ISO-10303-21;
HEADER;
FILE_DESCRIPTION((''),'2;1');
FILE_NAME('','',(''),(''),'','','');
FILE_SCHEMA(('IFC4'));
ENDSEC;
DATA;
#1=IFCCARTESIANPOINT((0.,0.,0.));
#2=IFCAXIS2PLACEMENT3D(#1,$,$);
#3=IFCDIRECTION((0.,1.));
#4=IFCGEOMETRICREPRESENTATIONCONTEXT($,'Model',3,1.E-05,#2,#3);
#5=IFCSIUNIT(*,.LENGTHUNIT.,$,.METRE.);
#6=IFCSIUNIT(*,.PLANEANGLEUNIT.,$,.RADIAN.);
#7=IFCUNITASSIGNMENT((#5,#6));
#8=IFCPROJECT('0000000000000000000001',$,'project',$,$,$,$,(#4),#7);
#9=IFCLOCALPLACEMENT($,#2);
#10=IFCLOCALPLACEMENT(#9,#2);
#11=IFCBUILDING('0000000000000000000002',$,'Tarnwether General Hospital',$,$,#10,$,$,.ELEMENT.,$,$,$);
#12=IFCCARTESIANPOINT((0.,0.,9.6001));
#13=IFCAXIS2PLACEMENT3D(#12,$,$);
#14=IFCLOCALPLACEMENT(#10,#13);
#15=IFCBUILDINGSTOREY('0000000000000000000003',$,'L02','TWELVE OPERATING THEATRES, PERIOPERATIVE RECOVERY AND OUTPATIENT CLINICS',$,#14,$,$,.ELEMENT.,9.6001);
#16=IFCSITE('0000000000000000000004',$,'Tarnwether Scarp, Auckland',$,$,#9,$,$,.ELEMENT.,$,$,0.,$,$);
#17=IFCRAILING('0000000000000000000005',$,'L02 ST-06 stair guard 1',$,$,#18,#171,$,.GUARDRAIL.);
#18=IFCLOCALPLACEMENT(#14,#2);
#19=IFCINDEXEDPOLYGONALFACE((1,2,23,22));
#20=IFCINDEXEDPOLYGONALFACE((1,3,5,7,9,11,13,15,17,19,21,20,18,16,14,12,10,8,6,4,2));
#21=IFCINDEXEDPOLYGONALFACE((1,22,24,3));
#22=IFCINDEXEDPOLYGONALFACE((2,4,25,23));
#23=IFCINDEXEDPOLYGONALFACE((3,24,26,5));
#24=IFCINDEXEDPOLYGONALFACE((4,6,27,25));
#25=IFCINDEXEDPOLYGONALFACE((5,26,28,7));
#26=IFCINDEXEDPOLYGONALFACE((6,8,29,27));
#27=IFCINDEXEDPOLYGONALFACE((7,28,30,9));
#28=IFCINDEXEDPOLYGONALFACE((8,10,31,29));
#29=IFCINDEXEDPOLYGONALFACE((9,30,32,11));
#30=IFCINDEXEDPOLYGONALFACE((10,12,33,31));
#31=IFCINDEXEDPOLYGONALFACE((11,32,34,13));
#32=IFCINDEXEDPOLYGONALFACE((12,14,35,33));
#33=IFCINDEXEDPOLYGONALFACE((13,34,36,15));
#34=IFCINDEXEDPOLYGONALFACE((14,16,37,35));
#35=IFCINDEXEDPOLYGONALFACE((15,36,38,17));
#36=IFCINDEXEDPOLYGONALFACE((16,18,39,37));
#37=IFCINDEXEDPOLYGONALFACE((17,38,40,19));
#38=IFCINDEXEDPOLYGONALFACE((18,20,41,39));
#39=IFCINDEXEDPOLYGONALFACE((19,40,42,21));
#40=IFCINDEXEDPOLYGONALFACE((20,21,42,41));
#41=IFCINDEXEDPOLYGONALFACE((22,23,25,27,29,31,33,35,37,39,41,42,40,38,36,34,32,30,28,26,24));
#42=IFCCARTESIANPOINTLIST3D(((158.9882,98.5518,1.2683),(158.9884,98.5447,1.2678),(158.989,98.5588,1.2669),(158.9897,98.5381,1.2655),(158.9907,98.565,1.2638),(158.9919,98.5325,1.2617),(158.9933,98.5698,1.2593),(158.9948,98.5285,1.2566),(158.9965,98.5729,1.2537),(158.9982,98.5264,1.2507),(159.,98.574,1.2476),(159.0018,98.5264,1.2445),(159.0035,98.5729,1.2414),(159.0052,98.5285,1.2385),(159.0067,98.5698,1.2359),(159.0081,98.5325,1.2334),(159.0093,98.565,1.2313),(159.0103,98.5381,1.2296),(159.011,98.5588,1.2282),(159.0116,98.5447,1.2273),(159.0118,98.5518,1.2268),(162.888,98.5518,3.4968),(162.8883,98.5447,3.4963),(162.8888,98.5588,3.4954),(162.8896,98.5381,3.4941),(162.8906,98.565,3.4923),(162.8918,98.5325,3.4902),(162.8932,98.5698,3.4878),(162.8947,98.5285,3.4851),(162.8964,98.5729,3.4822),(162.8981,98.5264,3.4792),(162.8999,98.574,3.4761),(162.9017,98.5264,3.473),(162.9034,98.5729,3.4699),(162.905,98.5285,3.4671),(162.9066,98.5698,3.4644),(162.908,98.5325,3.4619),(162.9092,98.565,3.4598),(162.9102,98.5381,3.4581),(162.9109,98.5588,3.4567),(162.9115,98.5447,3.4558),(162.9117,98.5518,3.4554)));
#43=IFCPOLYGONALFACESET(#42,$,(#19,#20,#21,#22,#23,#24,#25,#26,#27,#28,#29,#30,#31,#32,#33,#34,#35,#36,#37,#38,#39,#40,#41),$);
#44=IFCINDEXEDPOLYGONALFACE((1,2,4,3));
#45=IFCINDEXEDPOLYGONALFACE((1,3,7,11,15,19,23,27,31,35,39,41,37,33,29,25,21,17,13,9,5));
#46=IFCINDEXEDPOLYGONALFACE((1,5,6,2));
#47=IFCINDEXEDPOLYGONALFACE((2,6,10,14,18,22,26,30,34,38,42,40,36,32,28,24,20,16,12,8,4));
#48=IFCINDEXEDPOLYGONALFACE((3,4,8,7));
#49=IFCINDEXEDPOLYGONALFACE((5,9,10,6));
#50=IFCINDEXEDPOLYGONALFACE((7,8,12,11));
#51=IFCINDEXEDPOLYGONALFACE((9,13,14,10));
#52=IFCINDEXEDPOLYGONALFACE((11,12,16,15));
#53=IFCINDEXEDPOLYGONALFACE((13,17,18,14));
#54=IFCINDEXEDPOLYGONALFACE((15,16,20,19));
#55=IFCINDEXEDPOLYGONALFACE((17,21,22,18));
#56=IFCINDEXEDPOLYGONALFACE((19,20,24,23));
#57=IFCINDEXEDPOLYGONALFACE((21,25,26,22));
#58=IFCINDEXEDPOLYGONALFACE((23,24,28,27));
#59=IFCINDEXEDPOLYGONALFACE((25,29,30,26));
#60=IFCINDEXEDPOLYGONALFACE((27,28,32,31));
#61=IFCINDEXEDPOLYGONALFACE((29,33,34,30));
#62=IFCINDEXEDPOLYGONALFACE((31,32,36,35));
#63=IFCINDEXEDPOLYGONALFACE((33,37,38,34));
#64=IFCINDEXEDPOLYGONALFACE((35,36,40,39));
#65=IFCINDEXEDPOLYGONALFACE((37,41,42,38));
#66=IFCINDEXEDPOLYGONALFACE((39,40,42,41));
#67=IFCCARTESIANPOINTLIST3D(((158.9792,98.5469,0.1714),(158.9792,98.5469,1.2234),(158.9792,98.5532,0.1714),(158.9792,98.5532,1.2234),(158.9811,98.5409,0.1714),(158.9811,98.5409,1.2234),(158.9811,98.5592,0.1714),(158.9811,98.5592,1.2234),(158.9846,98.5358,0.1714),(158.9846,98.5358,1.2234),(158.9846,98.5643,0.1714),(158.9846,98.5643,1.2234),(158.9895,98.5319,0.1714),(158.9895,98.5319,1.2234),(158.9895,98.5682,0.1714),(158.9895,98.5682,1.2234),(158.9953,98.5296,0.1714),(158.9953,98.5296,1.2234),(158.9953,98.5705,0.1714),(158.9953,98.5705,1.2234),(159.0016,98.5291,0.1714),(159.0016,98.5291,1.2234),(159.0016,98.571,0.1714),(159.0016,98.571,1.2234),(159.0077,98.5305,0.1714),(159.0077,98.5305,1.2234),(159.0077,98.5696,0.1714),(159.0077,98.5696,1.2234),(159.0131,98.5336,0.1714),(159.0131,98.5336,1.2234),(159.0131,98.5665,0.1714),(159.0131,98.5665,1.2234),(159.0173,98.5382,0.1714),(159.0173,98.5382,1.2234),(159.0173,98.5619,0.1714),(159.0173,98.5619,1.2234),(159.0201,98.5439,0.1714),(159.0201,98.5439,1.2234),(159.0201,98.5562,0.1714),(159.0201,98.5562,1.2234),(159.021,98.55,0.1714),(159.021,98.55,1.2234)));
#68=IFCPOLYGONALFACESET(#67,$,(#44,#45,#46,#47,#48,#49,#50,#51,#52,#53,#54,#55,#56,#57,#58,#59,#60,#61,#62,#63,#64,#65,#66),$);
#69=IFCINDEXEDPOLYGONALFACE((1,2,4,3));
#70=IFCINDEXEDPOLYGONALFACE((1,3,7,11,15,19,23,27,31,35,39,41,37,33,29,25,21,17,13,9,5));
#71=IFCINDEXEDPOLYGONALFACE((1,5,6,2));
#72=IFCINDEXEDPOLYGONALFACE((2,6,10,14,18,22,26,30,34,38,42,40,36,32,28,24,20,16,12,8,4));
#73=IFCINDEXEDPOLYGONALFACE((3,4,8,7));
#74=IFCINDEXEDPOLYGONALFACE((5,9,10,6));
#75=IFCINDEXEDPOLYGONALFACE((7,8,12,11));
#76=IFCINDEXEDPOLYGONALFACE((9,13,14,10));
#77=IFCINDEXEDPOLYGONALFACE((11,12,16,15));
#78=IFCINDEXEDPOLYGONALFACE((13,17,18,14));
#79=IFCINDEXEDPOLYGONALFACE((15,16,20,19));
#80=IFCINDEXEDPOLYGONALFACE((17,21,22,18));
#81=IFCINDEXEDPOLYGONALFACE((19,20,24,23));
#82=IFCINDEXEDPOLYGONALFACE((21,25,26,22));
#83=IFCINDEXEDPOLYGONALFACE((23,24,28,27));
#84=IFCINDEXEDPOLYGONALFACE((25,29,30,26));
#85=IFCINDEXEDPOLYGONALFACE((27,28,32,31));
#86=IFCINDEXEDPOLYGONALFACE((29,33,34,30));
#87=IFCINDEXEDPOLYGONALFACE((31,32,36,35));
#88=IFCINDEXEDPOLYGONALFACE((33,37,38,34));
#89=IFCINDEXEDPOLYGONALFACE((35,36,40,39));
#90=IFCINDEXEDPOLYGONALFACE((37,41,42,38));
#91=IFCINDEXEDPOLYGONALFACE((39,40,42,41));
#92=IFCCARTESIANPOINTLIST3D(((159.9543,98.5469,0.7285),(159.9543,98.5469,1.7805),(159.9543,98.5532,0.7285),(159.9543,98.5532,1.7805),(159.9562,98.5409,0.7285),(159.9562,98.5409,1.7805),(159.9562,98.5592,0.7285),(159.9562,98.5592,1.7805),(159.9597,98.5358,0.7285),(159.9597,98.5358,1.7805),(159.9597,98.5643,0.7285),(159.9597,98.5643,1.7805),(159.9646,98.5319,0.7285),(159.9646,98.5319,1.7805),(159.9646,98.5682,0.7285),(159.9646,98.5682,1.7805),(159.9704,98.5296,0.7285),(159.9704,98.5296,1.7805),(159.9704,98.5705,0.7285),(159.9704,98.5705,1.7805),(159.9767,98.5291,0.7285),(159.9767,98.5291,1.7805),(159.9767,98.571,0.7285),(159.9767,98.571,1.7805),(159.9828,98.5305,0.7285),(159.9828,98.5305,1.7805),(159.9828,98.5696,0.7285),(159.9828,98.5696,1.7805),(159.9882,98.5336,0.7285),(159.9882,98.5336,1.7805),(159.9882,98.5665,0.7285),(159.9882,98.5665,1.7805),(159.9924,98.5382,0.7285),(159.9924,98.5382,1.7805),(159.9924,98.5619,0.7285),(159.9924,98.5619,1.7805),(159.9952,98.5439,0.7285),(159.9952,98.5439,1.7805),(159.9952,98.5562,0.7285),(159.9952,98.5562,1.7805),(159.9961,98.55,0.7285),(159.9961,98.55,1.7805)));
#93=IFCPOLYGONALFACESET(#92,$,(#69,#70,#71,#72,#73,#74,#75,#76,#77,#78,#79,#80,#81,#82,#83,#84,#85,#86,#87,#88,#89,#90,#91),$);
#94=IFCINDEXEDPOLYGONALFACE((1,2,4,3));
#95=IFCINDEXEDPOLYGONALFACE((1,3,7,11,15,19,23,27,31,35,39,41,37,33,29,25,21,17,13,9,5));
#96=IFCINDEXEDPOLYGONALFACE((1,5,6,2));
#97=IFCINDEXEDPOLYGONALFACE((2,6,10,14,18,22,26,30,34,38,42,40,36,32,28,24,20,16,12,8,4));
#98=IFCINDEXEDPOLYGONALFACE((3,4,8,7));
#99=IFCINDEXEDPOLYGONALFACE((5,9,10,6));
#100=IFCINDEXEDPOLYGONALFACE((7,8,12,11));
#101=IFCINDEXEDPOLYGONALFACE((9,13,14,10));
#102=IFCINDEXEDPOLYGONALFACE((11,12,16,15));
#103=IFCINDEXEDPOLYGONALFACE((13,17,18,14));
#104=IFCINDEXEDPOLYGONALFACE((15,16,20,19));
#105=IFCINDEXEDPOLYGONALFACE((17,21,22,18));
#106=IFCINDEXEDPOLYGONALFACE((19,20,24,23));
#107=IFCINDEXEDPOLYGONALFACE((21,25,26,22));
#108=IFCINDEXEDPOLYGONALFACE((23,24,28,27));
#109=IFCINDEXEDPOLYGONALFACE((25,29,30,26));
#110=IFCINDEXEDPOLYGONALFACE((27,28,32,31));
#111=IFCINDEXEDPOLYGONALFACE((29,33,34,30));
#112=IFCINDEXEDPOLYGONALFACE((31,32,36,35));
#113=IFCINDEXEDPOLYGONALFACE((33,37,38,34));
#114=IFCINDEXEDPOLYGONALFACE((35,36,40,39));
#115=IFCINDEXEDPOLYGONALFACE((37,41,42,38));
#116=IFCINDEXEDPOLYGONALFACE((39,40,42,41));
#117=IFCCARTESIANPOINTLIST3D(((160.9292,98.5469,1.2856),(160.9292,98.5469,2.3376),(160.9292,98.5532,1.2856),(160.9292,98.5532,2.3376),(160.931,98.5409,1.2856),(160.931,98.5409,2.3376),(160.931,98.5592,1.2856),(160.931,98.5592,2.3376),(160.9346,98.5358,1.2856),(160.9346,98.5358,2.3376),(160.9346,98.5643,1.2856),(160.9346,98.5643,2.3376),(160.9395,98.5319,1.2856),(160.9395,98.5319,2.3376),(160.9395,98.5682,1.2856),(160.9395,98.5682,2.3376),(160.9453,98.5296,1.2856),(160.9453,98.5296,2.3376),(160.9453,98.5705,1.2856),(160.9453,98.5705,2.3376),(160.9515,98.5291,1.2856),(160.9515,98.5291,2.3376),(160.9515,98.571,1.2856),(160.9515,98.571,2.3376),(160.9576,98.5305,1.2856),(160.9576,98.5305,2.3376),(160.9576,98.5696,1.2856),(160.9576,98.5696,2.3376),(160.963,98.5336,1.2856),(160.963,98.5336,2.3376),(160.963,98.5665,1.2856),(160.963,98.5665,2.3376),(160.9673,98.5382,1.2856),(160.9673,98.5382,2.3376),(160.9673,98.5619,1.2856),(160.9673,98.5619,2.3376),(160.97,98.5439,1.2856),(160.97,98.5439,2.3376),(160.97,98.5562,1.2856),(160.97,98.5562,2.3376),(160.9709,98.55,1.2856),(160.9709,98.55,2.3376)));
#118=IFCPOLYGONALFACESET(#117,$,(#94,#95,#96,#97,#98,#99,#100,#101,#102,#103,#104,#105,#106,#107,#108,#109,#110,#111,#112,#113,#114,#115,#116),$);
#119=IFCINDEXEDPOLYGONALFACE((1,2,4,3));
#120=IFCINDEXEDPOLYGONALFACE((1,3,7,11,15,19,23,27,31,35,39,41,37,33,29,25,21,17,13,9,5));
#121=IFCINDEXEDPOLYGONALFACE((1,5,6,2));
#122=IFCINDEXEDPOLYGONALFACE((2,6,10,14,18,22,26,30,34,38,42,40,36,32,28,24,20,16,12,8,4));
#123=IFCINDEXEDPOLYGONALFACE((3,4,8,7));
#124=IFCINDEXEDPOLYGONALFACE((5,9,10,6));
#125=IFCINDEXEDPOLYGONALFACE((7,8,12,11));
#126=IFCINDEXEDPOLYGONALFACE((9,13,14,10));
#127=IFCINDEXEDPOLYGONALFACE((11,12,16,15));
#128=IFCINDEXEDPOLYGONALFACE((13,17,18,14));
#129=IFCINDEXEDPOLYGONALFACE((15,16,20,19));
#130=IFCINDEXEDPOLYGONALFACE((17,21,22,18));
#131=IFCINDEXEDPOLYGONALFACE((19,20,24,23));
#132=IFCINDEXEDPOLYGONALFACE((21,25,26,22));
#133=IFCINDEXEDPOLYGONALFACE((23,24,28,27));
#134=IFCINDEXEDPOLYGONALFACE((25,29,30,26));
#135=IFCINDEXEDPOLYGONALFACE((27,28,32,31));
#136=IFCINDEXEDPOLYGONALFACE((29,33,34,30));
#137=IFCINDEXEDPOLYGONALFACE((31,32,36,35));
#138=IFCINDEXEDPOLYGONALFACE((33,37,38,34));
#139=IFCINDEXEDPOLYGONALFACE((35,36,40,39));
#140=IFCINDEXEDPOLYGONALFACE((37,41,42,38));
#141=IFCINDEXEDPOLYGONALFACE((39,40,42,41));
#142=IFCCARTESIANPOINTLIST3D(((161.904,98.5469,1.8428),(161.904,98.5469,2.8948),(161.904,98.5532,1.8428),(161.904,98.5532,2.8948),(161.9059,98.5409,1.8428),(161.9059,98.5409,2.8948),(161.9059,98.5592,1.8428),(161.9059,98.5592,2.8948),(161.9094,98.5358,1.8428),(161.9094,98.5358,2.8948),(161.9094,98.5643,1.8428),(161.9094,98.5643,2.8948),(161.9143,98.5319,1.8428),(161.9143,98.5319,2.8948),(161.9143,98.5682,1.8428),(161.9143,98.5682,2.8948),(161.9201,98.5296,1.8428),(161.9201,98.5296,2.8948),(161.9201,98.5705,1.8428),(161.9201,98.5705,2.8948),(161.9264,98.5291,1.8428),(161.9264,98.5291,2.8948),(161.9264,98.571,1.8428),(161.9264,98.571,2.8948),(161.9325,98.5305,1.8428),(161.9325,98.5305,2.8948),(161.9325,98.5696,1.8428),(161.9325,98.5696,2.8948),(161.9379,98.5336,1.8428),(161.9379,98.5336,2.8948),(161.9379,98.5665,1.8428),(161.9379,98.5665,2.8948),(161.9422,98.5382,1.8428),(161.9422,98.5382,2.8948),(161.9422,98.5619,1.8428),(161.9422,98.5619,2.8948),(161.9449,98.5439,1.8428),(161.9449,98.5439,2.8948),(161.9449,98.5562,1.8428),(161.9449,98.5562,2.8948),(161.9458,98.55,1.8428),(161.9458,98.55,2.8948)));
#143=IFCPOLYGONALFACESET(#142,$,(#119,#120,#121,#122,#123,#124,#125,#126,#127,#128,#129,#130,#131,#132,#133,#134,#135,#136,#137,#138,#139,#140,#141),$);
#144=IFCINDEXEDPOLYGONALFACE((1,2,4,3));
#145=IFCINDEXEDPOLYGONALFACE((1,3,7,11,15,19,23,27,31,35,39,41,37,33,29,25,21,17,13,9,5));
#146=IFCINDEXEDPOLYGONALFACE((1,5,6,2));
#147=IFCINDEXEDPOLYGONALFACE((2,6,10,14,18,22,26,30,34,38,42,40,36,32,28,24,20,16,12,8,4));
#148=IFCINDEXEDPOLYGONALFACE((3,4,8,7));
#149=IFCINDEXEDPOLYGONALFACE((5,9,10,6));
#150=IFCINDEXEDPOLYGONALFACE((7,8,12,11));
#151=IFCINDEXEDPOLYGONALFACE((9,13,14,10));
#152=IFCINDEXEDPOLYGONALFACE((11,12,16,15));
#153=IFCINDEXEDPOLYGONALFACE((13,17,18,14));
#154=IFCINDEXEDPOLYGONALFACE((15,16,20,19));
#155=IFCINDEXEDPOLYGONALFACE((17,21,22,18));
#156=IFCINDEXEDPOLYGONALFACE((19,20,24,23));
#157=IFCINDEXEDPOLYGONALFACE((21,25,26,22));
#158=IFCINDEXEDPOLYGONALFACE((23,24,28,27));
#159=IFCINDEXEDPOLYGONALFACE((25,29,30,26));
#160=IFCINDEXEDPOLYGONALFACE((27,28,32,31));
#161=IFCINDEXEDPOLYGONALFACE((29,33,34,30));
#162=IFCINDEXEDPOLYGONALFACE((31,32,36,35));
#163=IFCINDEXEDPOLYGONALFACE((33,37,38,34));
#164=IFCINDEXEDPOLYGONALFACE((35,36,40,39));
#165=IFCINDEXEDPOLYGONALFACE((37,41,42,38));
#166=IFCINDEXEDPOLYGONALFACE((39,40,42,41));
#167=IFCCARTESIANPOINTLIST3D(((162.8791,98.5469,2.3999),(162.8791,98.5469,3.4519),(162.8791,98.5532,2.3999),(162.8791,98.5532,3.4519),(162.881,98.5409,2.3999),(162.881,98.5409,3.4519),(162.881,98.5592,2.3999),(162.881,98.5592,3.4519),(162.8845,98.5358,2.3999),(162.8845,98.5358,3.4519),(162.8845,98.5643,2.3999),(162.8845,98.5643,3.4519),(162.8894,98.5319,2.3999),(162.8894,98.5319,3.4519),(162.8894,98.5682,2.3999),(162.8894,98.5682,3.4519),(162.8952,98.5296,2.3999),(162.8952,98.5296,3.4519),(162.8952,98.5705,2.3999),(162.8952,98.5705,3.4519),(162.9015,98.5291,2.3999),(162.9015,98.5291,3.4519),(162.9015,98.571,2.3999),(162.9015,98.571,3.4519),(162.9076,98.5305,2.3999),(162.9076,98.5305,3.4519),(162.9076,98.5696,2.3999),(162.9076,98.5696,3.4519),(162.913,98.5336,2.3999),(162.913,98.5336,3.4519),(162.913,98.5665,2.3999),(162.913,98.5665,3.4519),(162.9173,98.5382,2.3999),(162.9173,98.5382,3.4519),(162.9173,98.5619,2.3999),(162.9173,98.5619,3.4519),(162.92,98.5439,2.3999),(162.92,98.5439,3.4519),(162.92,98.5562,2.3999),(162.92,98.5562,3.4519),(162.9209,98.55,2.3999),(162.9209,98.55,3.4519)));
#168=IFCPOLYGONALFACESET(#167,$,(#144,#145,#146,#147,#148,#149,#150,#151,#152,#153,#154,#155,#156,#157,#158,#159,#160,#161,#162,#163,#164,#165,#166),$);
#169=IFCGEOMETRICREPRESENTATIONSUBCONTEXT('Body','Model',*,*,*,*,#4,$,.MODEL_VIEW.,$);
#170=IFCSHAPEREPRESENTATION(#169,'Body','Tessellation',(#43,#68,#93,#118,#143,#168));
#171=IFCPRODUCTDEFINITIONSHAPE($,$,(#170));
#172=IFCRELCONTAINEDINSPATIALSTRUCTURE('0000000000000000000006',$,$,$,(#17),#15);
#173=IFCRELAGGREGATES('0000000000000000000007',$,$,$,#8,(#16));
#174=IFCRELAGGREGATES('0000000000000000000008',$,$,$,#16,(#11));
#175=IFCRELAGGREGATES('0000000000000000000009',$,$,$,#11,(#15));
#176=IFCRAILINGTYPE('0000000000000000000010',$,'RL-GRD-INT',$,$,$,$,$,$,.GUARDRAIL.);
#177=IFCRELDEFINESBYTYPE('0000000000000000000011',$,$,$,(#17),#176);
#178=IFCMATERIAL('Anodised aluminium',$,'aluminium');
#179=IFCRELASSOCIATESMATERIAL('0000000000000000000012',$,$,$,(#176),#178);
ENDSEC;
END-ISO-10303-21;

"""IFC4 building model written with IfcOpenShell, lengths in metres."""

from ifc_helpers import new_model, si_unit, direction, frame, origin, origin_2d, place, context, subcontext, project, spatial, circle, extrude, material, type_object, element, save


model = new_model("IFC4")

# Units and contexts
model_context = context("Model", 3, precision=1e-05, world=origin(), true_north=direction((0.0, 1.0)))
body_context = subcontext(model_context, "Body", "Model", "MODEL_VIEW")
ifc_project = project(units=[si_unit("LENGTHUNIT", "METRE"), si_unit("PLANEANGLEUNIT", "RADIAN")], contexts=[model_context])

# Site, building, storey
site_placement = place(None, origin())
site = spatial("IfcSite", under=ifc_project, at=site_placement, Name="Tarnwether Scarp, Auckland", CompositionType="ELEMENT", RefElevation=0.0)
building_placement = place(site_placement, origin())
building = spatial("IfcBuilding", under=site, at=building_placement, Name="Tarnwether General Hospital", CompositionType="ELEMENT")
storey_placement = place(building_placement, frame((0.0, 0.0, 9.6001)))
storey = spatial("IfcBuildingStorey", under=building, at=storey_placement, Name="L02", Description="TWELVE OPERATING THEATRES, PERIOPERATIVE RECOVERY AND OUTPATIENT CLINICS", CompositionType="ELEMENT", Elevation=9.6001)

# Railing
ifc_material_1 = material(Name="Anodised aluminium", Category="aluminium")
railing_type = type_object("IfcRailingType", Name="RL-GRD-INT", PredefinedType="GUARDRAIL", material=ifc_material_1)
railing_1_placement = place(storey_placement, frame((159.0, 98.55, 0.1714)))
element("IfcRailing", 1, at=railing_1_placement, inside=storey, type_object=railing_type, Name="L02 ST-06 stair guard 1", PredefinedType="GUARDRAIL", context=body_context, shape_type="SweptSolid", body=[
    extrude(circle(Radius=0.0239, at=origin_2d()), frame((0.0, 0.0, 1.0762), z_axis=(0.868243, 0.0, 0.496139), x_axis=(0.0, 1.0, 0.0)), (0.0, 0.0, 1.0), 4.4917),
    extrude(circle(Radius=0.021, at=origin_2d()), origin(), (0.0, 0.0, 1.0), 1.052),
    extrude(circle(Radius=0.021, at=origin_2d()), frame((0.9751, 0.0, 0.5571)), (0.0, 0.0, 1.0), 1.052),
    extrude(circle(Radius=0.021, at=origin_2d()), frame((1.95, 0.0, 1.1143)), (0.0, 0.0, 1.0), 1.052),
    extrude(circle(Radius=0.021, at=origin_2d()), frame((2.9248, 0.0, 1.6714)), (0.0, 0.0, 1.0), 1.052),
    extrude(circle(Radius=0.021, at=origin_2d()), frame((3.8999, 0.0, 2.2285)), (0.0, 0.0, 1.0), 1.052),
])

save(model, "model.ifc")
